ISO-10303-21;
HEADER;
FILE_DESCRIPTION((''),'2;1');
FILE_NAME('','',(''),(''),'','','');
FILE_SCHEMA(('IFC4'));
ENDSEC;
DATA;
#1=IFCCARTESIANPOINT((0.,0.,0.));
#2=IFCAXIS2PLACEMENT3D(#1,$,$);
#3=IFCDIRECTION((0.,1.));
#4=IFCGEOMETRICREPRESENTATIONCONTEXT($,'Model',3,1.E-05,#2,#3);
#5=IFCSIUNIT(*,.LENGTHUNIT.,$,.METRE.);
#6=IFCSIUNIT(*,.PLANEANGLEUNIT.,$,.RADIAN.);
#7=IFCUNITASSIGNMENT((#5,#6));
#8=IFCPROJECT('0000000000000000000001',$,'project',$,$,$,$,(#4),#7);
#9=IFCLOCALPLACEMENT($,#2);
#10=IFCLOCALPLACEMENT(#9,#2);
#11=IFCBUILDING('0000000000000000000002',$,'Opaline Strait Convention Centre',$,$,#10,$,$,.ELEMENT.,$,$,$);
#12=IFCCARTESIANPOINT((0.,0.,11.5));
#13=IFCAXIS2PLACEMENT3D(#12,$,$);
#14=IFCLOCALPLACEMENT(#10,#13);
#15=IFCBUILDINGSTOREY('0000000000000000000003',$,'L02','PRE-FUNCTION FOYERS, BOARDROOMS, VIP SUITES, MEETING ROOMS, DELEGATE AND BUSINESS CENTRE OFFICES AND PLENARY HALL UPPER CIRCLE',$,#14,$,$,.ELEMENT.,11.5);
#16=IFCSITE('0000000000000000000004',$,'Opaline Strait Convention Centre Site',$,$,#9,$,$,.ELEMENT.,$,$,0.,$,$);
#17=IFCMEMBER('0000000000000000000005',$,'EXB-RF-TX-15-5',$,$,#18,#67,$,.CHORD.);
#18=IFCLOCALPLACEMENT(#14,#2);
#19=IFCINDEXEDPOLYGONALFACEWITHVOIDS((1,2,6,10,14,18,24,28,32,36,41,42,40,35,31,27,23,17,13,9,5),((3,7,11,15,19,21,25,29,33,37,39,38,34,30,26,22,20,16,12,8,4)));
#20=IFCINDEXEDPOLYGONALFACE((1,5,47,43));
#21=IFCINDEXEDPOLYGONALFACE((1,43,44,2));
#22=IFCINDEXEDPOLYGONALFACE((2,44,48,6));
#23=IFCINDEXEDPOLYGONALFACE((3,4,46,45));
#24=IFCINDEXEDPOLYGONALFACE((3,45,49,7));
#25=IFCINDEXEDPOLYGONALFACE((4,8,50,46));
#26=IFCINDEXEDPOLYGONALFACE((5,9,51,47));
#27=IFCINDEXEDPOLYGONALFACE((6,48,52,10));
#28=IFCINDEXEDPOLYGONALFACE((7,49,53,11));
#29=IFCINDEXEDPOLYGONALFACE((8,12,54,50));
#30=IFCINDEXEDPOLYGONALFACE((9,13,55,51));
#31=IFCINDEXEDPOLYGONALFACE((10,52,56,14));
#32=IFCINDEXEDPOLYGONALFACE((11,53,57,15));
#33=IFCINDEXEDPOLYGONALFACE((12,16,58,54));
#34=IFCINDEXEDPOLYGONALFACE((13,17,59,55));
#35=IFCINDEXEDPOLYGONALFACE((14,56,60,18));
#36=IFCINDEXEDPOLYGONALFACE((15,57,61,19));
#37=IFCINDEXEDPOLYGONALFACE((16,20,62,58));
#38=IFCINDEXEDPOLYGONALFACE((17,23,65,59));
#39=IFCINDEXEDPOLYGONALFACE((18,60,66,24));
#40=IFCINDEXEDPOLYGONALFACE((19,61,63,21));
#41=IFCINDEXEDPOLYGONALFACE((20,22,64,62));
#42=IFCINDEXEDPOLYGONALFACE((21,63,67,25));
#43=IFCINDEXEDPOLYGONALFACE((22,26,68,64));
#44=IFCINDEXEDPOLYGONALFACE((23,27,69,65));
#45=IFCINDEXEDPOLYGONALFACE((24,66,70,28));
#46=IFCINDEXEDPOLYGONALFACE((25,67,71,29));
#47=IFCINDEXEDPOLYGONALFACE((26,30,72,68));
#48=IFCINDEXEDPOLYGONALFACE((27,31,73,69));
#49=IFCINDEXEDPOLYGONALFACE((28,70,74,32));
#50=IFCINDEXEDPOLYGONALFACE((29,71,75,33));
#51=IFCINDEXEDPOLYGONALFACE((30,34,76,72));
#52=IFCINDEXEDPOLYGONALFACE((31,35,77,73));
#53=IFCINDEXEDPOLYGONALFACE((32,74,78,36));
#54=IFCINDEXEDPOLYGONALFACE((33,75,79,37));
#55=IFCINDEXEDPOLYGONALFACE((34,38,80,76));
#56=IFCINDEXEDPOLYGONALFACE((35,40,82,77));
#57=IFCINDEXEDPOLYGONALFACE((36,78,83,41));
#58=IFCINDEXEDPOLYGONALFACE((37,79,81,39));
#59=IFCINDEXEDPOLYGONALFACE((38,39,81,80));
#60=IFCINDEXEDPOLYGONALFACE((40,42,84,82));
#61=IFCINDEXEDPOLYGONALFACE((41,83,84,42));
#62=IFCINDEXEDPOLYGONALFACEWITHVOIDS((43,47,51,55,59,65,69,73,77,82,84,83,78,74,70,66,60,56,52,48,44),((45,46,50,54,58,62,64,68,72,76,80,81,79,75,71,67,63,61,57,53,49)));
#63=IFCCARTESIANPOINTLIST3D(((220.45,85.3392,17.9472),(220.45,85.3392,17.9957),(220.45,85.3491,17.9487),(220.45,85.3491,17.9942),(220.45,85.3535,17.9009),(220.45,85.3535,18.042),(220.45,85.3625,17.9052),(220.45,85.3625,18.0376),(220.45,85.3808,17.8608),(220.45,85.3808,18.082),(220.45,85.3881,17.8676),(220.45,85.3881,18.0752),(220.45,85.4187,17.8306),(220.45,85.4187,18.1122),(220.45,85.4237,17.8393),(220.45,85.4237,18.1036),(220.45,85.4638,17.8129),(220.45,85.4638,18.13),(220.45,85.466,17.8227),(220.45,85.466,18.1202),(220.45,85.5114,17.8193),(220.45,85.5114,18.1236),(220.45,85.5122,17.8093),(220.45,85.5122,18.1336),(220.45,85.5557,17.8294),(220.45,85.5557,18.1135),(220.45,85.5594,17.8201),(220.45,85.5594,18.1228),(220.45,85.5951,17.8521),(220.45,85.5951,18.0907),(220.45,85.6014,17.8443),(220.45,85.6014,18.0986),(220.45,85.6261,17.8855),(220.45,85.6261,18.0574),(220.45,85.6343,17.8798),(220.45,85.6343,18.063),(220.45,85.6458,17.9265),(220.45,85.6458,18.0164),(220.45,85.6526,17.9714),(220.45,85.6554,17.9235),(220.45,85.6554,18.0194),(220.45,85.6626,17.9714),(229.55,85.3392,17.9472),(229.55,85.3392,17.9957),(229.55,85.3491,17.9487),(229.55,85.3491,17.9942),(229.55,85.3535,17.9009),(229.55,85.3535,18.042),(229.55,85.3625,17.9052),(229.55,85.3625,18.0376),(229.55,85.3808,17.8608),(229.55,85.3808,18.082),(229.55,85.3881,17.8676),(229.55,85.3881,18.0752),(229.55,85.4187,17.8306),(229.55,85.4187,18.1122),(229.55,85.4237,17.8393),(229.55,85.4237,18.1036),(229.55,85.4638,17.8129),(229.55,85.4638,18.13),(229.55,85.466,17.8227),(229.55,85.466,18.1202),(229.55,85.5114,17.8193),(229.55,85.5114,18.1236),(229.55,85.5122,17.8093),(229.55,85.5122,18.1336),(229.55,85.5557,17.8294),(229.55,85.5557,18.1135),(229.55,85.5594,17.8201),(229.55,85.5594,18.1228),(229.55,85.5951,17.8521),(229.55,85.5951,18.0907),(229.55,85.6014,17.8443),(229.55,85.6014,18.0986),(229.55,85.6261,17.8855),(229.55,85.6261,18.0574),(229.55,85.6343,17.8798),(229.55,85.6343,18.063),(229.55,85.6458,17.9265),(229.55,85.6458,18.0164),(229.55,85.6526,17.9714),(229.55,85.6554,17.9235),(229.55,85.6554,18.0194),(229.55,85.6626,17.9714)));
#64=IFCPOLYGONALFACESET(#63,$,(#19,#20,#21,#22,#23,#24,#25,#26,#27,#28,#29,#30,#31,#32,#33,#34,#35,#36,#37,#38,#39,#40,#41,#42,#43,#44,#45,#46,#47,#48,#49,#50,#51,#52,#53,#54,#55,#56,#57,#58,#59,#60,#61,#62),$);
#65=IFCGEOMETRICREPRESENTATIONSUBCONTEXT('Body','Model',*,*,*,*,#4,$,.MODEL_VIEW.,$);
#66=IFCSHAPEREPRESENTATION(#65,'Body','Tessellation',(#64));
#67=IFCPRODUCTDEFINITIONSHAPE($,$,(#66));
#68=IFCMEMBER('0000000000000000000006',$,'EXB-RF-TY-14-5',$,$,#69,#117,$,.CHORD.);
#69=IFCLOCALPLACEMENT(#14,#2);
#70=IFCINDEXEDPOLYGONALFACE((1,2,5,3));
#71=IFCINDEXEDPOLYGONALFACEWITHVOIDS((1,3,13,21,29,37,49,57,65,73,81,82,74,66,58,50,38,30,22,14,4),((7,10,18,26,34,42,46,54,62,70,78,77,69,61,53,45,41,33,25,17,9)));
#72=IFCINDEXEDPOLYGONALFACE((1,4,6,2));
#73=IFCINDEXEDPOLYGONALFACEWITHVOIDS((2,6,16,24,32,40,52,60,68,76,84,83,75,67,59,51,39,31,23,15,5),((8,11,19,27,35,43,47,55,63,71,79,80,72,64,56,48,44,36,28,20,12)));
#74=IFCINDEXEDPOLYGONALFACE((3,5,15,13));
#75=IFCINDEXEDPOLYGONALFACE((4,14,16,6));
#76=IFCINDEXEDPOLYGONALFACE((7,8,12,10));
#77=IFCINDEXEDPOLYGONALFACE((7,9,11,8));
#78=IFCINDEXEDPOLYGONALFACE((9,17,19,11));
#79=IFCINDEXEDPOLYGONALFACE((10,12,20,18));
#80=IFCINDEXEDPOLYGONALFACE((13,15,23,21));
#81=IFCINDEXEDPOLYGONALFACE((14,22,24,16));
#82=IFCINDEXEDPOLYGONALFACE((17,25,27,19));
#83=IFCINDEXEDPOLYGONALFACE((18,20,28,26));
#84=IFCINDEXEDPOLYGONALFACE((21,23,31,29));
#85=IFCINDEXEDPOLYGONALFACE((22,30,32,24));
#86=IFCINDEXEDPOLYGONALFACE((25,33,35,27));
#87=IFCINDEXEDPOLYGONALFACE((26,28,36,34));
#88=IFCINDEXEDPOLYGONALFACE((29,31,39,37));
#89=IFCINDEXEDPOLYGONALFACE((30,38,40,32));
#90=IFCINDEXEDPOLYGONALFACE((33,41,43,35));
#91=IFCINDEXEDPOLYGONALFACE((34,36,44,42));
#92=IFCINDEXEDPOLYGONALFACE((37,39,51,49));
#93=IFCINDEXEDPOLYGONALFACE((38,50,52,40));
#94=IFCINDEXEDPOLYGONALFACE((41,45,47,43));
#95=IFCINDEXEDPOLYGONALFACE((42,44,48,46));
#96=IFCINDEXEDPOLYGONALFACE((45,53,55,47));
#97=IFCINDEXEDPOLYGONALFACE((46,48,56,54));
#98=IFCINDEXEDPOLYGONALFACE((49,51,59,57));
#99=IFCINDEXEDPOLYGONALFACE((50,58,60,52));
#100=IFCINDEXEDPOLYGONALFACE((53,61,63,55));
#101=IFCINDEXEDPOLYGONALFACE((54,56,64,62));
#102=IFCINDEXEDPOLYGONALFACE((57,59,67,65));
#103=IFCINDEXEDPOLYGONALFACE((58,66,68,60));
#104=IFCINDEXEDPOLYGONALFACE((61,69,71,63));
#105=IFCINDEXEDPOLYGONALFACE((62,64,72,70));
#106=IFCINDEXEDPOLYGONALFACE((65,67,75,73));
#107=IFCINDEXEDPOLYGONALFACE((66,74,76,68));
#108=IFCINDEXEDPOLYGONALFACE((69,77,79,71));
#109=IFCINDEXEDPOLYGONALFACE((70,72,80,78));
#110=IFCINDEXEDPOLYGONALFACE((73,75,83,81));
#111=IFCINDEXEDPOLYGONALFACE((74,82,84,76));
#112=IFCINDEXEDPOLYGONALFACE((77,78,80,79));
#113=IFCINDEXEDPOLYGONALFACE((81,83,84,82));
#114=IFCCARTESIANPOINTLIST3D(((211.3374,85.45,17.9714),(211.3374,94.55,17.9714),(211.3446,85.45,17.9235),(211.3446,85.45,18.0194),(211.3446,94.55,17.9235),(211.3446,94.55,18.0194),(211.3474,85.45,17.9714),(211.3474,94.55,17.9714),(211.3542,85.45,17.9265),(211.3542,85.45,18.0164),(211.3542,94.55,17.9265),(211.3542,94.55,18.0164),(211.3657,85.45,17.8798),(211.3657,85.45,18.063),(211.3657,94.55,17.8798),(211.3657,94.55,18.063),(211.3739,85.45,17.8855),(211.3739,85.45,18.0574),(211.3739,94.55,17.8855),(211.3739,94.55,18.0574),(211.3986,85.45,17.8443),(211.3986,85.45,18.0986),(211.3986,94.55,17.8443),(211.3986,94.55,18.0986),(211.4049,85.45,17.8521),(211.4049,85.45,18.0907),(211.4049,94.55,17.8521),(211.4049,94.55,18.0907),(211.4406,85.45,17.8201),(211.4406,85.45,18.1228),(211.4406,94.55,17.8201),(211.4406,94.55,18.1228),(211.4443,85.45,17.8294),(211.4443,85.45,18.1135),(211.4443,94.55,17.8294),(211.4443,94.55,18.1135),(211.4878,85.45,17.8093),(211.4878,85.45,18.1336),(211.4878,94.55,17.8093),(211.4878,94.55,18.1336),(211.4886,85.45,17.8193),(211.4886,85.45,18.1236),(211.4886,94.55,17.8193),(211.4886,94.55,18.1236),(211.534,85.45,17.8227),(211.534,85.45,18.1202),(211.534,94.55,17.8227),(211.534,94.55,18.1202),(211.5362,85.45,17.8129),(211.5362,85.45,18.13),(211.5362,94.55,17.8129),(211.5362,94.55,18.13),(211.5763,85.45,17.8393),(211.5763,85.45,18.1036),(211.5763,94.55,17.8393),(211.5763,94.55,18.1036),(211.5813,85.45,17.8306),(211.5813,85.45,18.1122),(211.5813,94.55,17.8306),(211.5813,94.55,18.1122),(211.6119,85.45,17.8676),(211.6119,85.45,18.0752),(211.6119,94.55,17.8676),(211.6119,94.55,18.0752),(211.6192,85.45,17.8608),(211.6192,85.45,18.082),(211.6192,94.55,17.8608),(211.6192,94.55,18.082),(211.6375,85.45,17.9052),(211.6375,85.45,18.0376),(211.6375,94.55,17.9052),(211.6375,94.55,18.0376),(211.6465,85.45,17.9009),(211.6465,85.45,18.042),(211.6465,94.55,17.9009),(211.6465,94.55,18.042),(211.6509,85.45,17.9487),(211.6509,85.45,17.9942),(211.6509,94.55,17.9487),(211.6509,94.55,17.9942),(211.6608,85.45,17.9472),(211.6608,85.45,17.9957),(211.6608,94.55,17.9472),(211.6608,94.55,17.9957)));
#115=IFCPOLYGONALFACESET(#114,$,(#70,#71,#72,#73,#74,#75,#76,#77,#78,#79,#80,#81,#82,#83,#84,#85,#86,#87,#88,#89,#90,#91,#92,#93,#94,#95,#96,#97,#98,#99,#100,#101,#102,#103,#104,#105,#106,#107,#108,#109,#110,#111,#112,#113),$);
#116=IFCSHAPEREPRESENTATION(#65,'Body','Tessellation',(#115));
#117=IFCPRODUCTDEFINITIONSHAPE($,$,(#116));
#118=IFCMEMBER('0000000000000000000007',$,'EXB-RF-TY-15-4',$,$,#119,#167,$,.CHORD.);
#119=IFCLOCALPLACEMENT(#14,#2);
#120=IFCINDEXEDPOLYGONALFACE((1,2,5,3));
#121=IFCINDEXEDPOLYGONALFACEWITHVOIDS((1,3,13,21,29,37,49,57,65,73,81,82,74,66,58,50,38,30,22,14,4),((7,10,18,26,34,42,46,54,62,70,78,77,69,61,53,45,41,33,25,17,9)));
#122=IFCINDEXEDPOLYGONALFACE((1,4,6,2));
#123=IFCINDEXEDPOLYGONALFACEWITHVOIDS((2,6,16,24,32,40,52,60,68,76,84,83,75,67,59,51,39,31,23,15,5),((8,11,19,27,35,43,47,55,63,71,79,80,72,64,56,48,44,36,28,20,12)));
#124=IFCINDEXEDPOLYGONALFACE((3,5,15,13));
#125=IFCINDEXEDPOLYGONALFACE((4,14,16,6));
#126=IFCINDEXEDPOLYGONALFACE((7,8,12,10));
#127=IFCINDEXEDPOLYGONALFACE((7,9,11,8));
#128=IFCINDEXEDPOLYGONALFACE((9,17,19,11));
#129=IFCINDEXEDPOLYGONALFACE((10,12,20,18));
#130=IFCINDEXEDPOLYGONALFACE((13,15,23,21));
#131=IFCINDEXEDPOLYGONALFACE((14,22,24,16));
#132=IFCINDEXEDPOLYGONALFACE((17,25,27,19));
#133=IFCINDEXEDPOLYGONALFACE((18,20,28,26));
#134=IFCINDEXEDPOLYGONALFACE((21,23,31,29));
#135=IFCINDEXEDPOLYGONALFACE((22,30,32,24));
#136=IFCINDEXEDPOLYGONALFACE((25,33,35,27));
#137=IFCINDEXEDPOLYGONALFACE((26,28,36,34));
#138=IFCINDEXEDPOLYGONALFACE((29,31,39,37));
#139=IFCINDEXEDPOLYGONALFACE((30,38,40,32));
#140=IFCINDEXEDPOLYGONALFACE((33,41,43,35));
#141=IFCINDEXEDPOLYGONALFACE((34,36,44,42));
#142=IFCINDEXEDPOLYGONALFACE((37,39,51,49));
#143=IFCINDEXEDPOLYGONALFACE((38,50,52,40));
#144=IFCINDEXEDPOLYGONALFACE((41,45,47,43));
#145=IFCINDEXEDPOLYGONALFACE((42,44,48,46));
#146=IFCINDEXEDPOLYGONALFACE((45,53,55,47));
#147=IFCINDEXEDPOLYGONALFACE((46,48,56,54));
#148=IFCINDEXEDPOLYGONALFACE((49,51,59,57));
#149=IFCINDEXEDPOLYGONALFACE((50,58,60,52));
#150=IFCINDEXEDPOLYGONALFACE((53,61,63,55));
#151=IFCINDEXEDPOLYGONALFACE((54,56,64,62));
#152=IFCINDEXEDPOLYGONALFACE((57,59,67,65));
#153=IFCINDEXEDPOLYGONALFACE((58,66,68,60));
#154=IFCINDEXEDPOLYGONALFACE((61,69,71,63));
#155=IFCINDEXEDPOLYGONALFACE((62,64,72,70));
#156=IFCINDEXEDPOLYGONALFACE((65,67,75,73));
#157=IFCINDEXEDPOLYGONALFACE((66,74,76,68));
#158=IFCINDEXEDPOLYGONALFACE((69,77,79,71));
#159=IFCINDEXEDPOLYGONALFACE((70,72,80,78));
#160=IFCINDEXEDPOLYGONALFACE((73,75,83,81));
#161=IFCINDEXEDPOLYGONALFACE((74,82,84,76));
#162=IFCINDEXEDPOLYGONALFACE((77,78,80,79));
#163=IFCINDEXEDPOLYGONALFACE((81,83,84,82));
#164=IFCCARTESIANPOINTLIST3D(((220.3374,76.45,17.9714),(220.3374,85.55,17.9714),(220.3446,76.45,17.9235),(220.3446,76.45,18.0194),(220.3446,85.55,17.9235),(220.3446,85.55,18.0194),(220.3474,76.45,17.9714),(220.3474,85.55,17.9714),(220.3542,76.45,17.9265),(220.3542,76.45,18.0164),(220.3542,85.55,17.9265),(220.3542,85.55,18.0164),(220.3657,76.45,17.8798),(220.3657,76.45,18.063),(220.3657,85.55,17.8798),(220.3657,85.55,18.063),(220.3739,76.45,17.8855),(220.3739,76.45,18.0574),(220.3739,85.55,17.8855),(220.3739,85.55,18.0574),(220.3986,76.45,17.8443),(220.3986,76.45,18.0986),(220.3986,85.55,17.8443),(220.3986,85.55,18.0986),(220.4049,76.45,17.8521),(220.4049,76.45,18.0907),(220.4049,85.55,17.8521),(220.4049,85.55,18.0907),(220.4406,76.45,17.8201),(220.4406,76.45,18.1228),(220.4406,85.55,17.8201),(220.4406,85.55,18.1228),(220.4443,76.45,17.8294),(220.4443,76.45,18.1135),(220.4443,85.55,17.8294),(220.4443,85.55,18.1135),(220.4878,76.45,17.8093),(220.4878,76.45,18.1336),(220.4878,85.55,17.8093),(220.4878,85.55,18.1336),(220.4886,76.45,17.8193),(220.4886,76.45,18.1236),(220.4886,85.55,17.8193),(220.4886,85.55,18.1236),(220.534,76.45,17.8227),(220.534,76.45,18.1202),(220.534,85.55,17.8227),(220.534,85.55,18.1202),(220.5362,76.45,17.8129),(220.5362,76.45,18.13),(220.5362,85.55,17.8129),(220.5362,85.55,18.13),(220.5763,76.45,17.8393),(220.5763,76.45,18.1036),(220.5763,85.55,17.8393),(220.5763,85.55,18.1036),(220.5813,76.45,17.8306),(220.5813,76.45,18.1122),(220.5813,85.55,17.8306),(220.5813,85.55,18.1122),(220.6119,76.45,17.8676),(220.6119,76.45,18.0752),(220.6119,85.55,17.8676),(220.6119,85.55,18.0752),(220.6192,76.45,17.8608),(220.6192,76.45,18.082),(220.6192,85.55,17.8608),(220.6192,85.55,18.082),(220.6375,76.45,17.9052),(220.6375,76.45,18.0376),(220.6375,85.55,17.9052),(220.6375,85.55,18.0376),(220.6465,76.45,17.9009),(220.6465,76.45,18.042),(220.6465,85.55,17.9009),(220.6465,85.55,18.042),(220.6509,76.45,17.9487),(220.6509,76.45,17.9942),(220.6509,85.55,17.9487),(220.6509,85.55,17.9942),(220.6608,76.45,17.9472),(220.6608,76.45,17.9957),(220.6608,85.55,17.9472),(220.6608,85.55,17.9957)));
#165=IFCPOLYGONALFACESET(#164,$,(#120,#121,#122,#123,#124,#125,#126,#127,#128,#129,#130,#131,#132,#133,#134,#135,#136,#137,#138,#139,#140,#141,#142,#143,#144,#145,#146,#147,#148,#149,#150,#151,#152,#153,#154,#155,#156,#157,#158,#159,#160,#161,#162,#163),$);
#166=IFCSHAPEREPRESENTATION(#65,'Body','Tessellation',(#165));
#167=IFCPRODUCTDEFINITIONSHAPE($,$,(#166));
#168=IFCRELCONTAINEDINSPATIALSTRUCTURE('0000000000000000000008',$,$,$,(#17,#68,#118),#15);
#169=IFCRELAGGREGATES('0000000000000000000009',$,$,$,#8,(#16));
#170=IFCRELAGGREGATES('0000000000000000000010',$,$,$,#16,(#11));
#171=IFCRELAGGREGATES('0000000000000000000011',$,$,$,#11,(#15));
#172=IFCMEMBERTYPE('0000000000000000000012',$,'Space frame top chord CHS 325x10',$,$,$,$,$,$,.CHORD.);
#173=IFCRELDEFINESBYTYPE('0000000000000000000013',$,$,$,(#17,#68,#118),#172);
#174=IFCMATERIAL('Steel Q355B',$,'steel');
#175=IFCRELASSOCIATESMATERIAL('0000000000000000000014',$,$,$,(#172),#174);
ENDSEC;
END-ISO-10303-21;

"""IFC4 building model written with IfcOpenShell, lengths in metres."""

from ifc_helpers import new_model, si_unit, direction, frame, origin, origin_2d, place, context, subcontext, project, spatial, hollow_circle, extrude, material, material_profile, profile_set, type_object, element, save


model = new_model("IFC4")

# Units and contexts
model_context = context("Model", 3, precision=1e-05, world=origin(), true_north=direction((0.0, 1.0)))
body_context = subcontext(model_context, "Body", "Model", "MODEL_VIEW")
ifc_project = project(units=[si_unit("LENGTHUNIT", "METRE"), si_unit("PLANEANGLEUNIT", "RADIAN")], contexts=[model_context])

# Site, building, storey
site_placement = place(None, origin())
site = spatial("IfcSite", under=ifc_project, at=site_placement, Name="Opaline Strait Convention Centre Site", CompositionType="ELEMENT", RefElevation=0.0)
building_placement = place(site_placement, origin())
building = spatial("IfcBuilding", under=site, at=building_placement, Name="Opaline Strait Convention Centre", CompositionType="ELEMENT")
storey_placement = place(building_placement, frame((0.0, 0.0, 11.5)))
storey = spatial("IfcBuildingStorey", under=building, at=storey_placement, Name="L02", Description="PRE-FUNCTION FOYERS, BOARDROOMS, VIP SUITES, MEETING ROOMS, DELEGATE AND BUSINESS CENTRE OFFICES AND PLENARY HALL UPPER CIRCLE", CompositionType="ELEMENT", Elevation=11.5)

# Members
ifc_material_1 = material(Name="Steel Q355B", Category="steel")
ifc_material_profile_1 = material_profile(ifc_material_1, hollow_circle(Radius=0.1626, WallThickness=0.01, at=origin_2d()), Name="CHS 325x10")
ifc_profile_set_1 = profile_set([ifc_material_profile_1], Name="Steel Q355B")
member_type_1 = type_object("IfcMemberType", Name="Space frame top chord CHS 325x10", PredefinedType="CHORD", material=ifc_profile_set_1)
for number, where, z_axis, x_axis, name in (
    (1, (220.45, 85.5, 17.9714), (1.0, 0.0, 0.0), (0.0, 1.0, 0.0), "EXB-RF-TX-15-5"),
    (2, (211.5, 85.45, 17.9714), (0.0, 1.0, 0.0), (-1.0, 0.0, 0.0), "EXB-RF-TY-14-5"),
    (3, (220.5, 76.45, 17.9714), (0.0, 1.0, 0.0), (-1.0, 0.0, 0.0), "EXB-RF-TY-15-4"),
):
    element("IfcMember", number, at=place(storey_placement, frame(where, z_axis=z_axis, x_axis=x_axis)), inside=storey, type_object=member_type_1, Name=name, PredefinedType="CHORD", context=body_context, shape_type="SweptSolid", body=[
        extrude(hollow_circle(Radius=0.1626, WallThickness=0.01, at=origin_2d()), origin(), (0.0, 0.0, 1.0), 9.1001),
    ])

save(model, "model.ifc")
